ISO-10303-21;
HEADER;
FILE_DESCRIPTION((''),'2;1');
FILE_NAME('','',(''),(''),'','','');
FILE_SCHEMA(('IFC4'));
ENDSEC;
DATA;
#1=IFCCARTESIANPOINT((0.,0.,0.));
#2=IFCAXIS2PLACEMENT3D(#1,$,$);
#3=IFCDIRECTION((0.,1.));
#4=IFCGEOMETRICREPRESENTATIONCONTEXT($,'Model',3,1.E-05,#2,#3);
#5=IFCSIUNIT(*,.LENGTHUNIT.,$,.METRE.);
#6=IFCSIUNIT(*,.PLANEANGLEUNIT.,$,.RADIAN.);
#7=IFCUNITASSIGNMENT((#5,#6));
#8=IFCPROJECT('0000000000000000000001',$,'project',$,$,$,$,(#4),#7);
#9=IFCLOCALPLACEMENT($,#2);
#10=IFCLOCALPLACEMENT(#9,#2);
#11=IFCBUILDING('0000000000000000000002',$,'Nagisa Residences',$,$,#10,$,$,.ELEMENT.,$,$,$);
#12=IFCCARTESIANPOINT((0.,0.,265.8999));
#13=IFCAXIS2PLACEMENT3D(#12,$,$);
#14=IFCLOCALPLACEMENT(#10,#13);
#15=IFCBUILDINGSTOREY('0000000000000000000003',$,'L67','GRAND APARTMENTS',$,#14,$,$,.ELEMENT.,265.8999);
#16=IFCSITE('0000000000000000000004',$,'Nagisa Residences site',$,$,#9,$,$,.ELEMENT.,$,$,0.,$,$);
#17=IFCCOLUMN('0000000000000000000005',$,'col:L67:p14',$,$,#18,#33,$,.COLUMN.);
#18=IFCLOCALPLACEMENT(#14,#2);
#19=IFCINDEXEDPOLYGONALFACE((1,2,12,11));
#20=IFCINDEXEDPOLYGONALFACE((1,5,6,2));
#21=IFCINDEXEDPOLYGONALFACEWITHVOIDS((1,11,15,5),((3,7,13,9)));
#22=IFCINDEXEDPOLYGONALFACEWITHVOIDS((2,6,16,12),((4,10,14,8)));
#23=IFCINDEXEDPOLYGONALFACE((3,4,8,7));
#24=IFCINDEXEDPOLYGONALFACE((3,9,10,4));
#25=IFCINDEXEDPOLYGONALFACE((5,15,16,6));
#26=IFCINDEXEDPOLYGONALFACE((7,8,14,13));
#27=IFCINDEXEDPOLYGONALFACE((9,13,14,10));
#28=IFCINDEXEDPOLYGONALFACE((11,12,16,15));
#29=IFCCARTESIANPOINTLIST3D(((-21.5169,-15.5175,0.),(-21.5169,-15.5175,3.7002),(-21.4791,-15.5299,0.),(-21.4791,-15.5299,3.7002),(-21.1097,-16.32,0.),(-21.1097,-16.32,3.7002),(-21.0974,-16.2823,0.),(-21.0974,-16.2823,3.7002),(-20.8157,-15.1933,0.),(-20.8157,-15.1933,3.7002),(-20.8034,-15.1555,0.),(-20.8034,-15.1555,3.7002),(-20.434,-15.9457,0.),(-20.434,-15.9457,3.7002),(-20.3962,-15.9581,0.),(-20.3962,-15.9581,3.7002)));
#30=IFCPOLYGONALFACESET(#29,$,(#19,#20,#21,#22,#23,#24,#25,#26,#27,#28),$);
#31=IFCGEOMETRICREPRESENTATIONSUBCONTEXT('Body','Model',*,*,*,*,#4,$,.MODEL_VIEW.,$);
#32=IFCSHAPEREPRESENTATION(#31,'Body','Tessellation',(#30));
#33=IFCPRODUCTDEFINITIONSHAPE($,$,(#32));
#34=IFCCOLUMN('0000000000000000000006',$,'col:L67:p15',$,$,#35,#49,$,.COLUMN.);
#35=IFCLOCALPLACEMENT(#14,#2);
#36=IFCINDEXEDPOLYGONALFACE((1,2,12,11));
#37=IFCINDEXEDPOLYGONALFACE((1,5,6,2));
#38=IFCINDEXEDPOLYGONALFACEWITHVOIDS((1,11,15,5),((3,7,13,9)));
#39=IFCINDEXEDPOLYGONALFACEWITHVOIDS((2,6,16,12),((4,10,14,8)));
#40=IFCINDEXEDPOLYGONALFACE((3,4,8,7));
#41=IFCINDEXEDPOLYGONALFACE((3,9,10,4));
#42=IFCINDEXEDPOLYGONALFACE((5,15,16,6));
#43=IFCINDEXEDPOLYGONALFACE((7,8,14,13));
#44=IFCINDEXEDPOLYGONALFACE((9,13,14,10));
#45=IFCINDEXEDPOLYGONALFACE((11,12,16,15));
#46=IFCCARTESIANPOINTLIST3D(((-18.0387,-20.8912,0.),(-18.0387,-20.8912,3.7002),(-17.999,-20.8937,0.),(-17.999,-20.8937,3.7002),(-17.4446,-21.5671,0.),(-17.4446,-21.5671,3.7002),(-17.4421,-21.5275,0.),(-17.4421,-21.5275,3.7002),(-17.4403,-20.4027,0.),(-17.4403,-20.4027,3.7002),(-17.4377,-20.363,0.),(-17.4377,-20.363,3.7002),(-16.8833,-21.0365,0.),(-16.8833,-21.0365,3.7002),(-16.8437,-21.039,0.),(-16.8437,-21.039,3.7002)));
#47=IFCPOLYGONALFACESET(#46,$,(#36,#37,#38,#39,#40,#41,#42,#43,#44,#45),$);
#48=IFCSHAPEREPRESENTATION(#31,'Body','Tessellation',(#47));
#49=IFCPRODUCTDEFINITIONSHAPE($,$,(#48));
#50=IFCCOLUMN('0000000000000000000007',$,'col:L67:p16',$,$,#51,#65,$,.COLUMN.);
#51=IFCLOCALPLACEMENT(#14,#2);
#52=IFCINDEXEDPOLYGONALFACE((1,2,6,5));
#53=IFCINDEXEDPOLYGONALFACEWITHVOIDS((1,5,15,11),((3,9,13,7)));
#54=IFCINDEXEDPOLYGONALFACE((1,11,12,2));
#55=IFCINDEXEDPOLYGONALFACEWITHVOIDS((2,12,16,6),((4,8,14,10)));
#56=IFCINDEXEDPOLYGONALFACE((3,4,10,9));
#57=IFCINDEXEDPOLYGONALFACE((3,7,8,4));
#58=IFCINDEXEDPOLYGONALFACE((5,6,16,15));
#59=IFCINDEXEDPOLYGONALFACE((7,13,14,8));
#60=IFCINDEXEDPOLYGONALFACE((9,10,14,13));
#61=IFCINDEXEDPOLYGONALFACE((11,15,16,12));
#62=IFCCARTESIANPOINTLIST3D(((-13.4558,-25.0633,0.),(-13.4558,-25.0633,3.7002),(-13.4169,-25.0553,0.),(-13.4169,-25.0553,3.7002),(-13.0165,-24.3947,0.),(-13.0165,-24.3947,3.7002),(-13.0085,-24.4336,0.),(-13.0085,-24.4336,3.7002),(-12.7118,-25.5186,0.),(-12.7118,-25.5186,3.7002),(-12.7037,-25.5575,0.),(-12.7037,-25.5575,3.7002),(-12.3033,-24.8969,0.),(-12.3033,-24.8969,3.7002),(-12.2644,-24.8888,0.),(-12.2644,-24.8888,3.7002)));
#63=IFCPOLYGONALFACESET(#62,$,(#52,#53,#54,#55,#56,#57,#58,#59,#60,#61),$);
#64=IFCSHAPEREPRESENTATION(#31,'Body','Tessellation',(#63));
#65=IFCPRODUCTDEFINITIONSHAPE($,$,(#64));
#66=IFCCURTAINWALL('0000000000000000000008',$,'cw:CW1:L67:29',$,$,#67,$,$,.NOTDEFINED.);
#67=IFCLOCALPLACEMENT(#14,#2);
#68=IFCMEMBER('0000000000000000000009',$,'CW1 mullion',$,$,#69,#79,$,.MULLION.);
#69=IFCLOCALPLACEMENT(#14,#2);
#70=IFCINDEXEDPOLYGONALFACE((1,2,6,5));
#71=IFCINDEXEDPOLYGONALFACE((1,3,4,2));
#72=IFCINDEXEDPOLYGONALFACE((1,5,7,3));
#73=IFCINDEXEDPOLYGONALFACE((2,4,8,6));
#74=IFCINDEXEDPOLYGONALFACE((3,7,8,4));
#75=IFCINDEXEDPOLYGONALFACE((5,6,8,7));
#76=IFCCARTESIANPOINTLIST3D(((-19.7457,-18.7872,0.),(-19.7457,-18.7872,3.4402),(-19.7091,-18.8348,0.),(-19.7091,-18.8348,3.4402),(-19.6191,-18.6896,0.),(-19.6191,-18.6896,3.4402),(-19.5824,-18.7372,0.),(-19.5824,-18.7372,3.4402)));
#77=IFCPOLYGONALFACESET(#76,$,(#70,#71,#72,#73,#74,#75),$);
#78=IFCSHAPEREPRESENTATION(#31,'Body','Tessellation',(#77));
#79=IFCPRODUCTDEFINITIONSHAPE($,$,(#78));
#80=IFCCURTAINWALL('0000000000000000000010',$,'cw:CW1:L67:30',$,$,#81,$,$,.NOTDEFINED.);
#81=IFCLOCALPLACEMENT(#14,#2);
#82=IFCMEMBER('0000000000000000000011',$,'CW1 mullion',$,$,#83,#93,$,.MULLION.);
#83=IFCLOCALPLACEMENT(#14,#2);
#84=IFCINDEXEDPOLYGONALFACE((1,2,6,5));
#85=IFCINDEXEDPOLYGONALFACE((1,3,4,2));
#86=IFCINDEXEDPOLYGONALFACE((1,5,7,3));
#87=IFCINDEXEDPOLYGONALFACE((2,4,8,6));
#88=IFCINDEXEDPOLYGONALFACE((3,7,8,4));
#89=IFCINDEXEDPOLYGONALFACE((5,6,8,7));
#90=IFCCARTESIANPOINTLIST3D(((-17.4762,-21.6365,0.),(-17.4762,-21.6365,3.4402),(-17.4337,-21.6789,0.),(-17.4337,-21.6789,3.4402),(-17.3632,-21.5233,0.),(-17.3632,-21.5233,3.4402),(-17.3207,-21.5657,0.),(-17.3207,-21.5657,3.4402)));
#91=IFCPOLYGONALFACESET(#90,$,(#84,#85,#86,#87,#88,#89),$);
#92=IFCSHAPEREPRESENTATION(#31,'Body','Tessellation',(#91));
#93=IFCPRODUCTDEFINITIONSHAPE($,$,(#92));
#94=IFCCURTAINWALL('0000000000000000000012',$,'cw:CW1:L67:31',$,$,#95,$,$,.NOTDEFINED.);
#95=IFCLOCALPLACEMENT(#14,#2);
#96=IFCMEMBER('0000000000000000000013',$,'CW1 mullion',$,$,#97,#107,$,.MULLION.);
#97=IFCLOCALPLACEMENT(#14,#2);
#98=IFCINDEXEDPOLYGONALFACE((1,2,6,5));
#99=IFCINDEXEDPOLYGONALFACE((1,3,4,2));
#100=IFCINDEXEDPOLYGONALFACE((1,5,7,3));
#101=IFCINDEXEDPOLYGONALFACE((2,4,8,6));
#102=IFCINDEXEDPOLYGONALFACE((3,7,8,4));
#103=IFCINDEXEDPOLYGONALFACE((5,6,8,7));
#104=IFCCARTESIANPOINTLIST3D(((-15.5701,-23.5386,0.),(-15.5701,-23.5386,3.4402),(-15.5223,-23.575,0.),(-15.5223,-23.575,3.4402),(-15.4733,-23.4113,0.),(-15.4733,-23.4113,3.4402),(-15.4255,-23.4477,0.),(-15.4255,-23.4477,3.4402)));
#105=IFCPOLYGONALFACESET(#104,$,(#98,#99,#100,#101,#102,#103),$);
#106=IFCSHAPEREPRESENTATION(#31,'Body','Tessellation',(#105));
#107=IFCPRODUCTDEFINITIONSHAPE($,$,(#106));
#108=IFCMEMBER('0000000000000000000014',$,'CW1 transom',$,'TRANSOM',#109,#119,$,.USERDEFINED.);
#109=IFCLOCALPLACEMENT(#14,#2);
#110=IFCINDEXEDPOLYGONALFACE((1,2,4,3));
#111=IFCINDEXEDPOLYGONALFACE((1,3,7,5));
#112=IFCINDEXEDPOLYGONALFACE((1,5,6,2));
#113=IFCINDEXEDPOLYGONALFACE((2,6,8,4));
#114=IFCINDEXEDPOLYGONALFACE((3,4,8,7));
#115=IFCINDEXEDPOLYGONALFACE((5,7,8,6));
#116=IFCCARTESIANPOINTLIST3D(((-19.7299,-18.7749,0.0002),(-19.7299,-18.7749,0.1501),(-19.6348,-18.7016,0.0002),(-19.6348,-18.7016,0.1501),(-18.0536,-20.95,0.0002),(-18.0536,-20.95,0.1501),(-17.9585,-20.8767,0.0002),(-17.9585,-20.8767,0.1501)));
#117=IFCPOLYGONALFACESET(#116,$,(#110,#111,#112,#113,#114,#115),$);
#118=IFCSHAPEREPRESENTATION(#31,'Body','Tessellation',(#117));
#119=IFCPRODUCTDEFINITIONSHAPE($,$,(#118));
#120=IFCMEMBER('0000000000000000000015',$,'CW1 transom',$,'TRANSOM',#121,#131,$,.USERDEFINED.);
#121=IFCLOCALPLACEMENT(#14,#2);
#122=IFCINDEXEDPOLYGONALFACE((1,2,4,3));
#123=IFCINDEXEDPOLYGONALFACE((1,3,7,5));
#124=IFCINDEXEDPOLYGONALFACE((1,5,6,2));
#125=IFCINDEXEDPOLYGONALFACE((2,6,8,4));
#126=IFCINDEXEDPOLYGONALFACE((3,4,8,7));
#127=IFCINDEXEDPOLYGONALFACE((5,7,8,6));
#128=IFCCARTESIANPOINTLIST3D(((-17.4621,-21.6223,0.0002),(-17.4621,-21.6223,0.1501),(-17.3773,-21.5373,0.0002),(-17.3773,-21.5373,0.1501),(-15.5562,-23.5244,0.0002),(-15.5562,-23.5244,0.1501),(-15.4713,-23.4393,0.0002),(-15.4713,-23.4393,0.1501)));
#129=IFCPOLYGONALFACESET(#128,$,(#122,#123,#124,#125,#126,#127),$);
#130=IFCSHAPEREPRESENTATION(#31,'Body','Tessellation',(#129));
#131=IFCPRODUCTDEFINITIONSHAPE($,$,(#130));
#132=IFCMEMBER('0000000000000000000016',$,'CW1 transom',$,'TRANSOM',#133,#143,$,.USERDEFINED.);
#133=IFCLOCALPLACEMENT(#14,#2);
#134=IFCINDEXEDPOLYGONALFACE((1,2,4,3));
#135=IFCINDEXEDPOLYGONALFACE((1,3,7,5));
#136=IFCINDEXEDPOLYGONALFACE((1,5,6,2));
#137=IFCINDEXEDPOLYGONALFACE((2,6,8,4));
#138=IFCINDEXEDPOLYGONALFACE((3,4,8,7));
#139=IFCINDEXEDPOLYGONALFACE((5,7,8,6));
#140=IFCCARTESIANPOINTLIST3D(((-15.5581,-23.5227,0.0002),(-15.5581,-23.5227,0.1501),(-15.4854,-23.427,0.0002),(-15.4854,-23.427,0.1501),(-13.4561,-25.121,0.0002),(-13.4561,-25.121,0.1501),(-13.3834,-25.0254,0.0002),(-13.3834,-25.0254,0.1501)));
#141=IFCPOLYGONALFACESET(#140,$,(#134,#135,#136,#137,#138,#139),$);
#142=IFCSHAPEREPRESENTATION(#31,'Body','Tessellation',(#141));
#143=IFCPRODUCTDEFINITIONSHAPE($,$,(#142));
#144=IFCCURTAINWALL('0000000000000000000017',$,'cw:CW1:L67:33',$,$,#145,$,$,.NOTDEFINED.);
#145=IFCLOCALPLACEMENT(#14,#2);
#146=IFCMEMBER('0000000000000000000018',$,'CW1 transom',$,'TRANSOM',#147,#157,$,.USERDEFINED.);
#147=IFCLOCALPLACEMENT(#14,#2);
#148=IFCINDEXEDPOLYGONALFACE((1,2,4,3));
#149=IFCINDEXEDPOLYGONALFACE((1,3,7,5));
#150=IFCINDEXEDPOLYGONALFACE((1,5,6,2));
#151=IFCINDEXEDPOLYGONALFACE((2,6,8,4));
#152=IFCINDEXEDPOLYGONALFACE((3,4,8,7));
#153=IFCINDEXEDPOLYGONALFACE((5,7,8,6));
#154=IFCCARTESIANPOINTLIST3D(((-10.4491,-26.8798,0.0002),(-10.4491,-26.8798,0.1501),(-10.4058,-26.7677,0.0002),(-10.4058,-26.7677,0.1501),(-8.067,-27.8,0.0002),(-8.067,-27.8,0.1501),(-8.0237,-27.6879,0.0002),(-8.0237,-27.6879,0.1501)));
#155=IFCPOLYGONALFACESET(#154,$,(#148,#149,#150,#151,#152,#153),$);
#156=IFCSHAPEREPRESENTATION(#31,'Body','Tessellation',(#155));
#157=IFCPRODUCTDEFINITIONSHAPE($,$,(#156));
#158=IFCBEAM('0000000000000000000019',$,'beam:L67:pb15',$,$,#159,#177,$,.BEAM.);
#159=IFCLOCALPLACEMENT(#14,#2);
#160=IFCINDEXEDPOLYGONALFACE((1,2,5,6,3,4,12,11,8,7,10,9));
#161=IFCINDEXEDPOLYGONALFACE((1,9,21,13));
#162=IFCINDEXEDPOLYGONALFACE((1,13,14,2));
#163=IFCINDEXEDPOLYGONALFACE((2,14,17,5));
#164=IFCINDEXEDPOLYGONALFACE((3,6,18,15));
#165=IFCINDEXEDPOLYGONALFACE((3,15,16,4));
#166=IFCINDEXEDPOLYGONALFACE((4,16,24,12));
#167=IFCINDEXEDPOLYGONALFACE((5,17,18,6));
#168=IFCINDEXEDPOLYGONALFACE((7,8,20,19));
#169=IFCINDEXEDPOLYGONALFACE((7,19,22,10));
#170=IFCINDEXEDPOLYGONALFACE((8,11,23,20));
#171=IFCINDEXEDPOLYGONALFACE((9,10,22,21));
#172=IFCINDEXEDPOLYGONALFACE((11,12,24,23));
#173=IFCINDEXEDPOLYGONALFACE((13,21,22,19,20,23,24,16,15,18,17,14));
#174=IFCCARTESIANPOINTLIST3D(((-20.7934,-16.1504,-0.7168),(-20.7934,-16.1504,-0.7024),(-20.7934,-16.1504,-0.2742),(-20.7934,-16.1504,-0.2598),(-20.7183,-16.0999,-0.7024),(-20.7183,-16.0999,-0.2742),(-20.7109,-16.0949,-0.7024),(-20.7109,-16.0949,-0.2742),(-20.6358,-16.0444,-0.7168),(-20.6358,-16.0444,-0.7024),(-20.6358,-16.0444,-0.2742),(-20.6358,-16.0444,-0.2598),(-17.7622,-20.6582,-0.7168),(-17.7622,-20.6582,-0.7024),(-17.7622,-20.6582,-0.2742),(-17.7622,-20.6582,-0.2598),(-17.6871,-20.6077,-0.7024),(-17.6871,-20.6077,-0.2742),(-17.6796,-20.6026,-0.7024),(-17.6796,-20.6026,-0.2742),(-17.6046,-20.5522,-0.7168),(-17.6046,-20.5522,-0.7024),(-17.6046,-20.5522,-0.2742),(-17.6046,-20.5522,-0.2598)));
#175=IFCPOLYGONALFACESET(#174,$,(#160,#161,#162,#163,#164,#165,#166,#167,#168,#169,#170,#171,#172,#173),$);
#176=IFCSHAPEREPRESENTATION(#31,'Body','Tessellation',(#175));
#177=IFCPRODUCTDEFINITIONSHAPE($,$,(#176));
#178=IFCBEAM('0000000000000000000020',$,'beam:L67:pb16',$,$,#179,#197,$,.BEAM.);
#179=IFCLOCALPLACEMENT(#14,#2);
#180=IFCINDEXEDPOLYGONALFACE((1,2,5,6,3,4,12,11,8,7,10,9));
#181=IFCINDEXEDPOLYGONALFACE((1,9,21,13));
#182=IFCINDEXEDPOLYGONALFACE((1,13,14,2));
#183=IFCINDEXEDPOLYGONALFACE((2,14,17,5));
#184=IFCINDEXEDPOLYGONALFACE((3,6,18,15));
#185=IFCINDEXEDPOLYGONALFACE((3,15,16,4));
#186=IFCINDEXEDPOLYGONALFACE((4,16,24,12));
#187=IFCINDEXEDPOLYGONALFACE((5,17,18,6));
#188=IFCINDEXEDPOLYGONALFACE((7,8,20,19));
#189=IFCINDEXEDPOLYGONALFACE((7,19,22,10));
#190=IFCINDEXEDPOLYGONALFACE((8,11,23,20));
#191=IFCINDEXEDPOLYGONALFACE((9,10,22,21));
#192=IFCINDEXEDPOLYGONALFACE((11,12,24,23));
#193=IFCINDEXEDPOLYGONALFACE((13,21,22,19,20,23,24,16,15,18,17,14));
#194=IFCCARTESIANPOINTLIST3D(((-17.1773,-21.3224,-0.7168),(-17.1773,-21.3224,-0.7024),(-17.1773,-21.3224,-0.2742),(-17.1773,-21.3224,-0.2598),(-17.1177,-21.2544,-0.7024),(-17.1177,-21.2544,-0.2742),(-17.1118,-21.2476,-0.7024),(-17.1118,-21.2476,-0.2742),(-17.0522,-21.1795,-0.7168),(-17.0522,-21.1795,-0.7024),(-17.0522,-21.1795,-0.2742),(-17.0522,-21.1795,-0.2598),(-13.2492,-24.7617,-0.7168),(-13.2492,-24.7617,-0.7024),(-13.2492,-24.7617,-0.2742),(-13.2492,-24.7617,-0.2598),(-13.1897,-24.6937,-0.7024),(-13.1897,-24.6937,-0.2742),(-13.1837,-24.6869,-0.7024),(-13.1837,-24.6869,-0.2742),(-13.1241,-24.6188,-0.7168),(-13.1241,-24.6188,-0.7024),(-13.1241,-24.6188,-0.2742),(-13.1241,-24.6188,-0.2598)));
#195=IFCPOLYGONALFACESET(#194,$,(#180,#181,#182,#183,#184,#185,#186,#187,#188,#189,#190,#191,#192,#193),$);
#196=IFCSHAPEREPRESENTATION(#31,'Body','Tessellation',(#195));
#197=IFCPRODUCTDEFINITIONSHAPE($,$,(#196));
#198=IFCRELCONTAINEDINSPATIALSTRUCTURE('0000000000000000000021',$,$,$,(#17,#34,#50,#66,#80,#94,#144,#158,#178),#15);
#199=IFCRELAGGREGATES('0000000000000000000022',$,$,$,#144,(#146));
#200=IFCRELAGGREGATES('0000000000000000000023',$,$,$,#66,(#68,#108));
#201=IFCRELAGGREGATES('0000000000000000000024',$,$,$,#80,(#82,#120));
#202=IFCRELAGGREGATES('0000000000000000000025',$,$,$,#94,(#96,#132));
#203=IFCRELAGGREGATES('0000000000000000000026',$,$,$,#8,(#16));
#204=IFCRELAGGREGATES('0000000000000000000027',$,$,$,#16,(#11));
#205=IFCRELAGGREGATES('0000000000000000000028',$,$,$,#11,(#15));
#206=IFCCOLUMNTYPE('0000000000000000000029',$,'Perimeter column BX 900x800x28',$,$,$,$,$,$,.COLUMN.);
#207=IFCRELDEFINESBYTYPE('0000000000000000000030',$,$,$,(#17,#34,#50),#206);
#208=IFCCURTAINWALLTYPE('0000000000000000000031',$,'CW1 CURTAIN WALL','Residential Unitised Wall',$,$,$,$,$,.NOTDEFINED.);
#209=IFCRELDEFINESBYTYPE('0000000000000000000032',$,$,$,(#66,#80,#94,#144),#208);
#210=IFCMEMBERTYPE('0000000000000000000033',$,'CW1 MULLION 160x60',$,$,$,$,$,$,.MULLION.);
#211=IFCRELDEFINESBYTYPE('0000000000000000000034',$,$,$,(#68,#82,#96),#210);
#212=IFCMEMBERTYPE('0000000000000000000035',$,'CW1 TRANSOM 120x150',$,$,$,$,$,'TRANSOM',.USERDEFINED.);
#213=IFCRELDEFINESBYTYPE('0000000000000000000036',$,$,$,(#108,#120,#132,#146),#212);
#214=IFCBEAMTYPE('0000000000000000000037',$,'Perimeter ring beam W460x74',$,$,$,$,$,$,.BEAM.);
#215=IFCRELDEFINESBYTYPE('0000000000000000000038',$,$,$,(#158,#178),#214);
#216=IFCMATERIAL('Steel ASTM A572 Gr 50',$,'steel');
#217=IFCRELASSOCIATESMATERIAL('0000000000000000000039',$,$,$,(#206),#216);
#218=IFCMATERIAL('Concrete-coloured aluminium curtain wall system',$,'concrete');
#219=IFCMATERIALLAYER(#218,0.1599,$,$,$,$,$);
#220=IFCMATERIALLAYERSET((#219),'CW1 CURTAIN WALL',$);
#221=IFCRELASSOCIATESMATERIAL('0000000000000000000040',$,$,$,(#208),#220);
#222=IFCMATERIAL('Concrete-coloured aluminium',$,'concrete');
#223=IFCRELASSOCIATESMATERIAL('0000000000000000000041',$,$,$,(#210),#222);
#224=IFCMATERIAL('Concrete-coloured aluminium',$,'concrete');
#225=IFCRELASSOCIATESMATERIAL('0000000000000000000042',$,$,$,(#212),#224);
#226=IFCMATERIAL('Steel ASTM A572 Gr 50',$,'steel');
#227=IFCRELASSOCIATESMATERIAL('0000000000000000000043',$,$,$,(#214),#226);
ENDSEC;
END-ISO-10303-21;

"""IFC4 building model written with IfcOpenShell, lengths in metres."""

from ifc_helpers import new_model, si_unit, direction, frame, origin, origin_2d, place, context, subcontext, project, spatial, rectangle, hollow_rectangle, i_section, extrude, material, layer, layer_set, material_profile, profile_set, type_object, element, aggregate, save


model = new_model("IFC4")

# Units and contexts
model_context = context("Model", 3, precision=1e-05, world=origin(), true_north=direction((0.0, 1.0)))
body_context = subcontext(model_context, "Body", "Model", "MODEL_VIEW")
ifc_project = project(units=[si_unit("LENGTHUNIT", "METRE"), si_unit("PLANEANGLEUNIT", "RADIAN")], contexts=[model_context])

# Site, building, storey
site_placement = place(None, origin())
site = spatial("IfcSite", under=ifc_project, at=site_placement, Name="Nagisa Residences site", CompositionType="ELEMENT", RefElevation=0.0)
building_placement = place(site_placement, origin())
building = spatial("IfcBuilding", under=site, at=building_placement, Name="Nagisa Residences", CompositionType="ELEMENT")
storey_placement = place(building_placement, frame((0.0, 0.0, 265.8999)))
storey = spatial("IfcBuildingStorey", under=building, at=storey_placement, Name="L67", Description="GRAND APARTMENTS", CompositionType="ELEMENT", Elevation=265.8999)

# Columns
ifc_material_1 = material(Name="Steel ASTM A572 Gr 50", Category="steel")
ifc_material_profile_1 = material_profile(ifc_material_1, hollow_rectangle(XDim=0.8999, YDim=0.8, WallThickness=0.0281, at=origin_2d()), Name="BX 900x800x28")
ifc_profile_set_1 = profile_set([ifc_material_profile_1], Name="Steel ASTM A572 Gr 50")
column_type = type_object("IfcColumnType", Name="Perimeter column BX 900x800x28", PredefinedType="COLUMN", material=ifc_profile_set_1)
for number, where, z_axis, x_axis, name in (
    (1, (-20.9565, -15.7378, 0.0), (0.0, 0.0, 1.0), (0.452463, -0.891783, 0.0), "col:L67:p14"),
    (2, (-17.4412, -20.9651, 0.0), (0.0, 0.0, 1.0), (0.660115, -0.751165, 0.0), "col:L67:p15"),
    (3, (-12.8601, -24.9761, 0.0), (0.0, 0.0, 1.0), (0.835766, -0.549086, 0.0), "col:L67:p16"),
):
    element("IfcColumn", number, at=place(storey_placement, frame(where, z_axis=z_axis, x_axis=x_axis)), inside=storey, type_object=column_type, Name=name, PredefinedType="COLUMN", context=body_context, shape_type="SweptSolid", body=[
        extrude(hollow_rectangle(XDim=0.8999, YDim=0.8, WallThickness=0.0281, at=origin_2d()), origin(), (0.0, 0.0, 1.0), 3.7002),
    ])

# Curtain walls, members
ifc_material_2 = material(Name="Concrete-coloured aluminium curtain wall system", Category="concrete")
ifc_layer_1 = layer(ifc_material_2, 0.1599)
ifc_layer_set_1 = layer_set([ifc_layer_1], Name="CW1 CURTAIN WALL")
curtain_wall_type = type_object("IfcCurtainWallType", Name="CW1 CURTAIN WALL", Description="Residential Unitised Wall", PredefinedType="NOTDEFINED", material=ifc_layer_set_1)
curtain_wall_1_placement = place(storey_placement, origin())
curtain_wall_1 = element("IfcCurtainWall", 4, at=curtain_wall_1_placement, inside=storey, type_object=curtain_wall_type, Name="cw:CW1:L67:29", PredefinedType="NOTDEFINED")
ifc_material_3 = material(Name="Concrete-coloured aluminium", Category="concrete")
ifc_material_profile_2 = material_profile(ifc_material_3, rectangle(XDim=0.1599, YDim=0.0601, at=origin_2d()), Name="CW1 MULLION 160x60")
ifc_profile_set_2 = profile_set([ifc_material_profile_2], Name="Concrete-coloured aluminium")
member_type_1 = type_object("IfcMemberType", Name="CW1 MULLION 160x60", PredefinedType="MULLION", material=ifc_profile_set_2)
member_1_placement = place(storey_placement, frame((-19.6641, -18.7622, 0.0), z_axis=(0.0, 0.0, 1.0), x_axis=(0.79207, 0.61043, 0.0)))
member_1 = element("IfcMember", 5, at=member_1_placement, type_object=member_type_1, Name="CW1 mullion", PredefinedType="MULLION", context=body_context, shape_type="SweptSolid", body=[
    extrude(rectangle(XDim=0.1599, YDim=0.0601, at=origin_2d()), origin(), (0.0, 0.0, 1.0), 3.4402),
])
curtain_wall_2_placement = place(storey_placement, origin())
curtain_wall_2 = element("IfcCurtainWall", 6, at=curtain_wall_2_placement, inside=storey, type_object=curtain_wall_type, Name="cw:CW1:L67:30", PredefinedType="NOTDEFINED")
member_2_placement = place(storey_placement, frame((-17.3984, -21.6011, 0.0), z_axis=(0.0, 0.0, 1.0), x_axis=(0.706377, 0.707836, 0.0)))
member_2 = element("IfcMember", 7, at=member_2_placement, type_object=member_type_1, Name="CW1 mullion", PredefinedType="MULLION", context=body_context, shape_type="SweptSolid", body=[
    extrude(rectangle(XDim=0.1599, YDim=0.0601, at=origin_2d()), origin(), (0.0, 0.0, 1.0), 3.4402),
])
curtain_wall_3_placement = place(storey_placement, origin())
curtain_wall_3 = element("IfcCurtainWall", 8, at=curtain_wall_3_placement, inside=storey, type_object=curtain_wall_type, Name="cw:CW1:L67:31", PredefinedType="NOTDEFINED")
member_3_placement = place(storey_placement, frame((-15.4978, -23.4932, 0.0), z_axis=(0.0, 0.0, 1.0), x_axis=(0.605255, 0.796031, 0.0)))
member_3 = element("IfcMember", 9, at=member_3_placement, type_object=member_type_1, Name="CW1 mullion", PredefinedType="MULLION", context=body_context, shape_type="SweptSolid", body=[
    extrude(rectangle(XDim=0.1599, YDim=0.0601, at=origin_2d()), origin(), (0.0, 0.0, 1.0), 3.4402),
])

# Members
ifc_material_4 = material(Name="Concrete-coloured aluminium", Category="concrete")
ifc_material_profile_3 = material_profile(ifc_material_4, rectangle(XDim=0.1201, YDim=0.1499, at=origin_2d()), Name="CW1 TRANSOM 120x150")
ifc_profile_set_3 = profile_set([ifc_material_profile_3], Name="Concrete-coloured aluminium")
member_type_2 = type_object("IfcMemberType", Name="CW1 TRANSOM 120x150", ElementType="TRANSOM", PredefinedType="USERDEFINED", material=ifc_profile_set_3)
member_4_placement = place(storey_placement, frame((-19.6824, -18.7383, 0.0752), z_axis=(0.610432, -0.792068, 0.0), x_axis=(0.792068, 0.610432, 0.0)))
member_4 = element("IfcMember", 10, at=member_4_placement, type_object=member_type_2, Name="CW1 transom", ObjectType="TRANSOM", PredefinedType="USERDEFINED", context=body_context, shape_type="SweptSolid", body=[
    extrude(rectangle(XDim=0.1201, YDim=0.1499, at=origin_2d()), origin(), (0.0, 0.0, 1.0), 2.7461),
])
member_5_placement = place(storey_placement, frame((-17.4197, -21.5798, 0.0752), z_axis=(0.707832, -0.706381, 0.0), x_axis=(0.706381, 0.707832, 0.0)))
member_5 = element("IfcMember", 11, at=member_5_placement, type_object=member_type_2, Name="CW1 transom", ObjectType="TRANSOM", PredefinedType="USERDEFINED", context=body_context, shape_type="SweptSolid", body=[
    extrude(rectangle(XDim=0.1201, YDim=0.1499, at=origin_2d()), origin(), (0.0, 0.0, 1.0), 2.6926),
])
member_6_placement = place(storey_placement, frame((-15.5217, -23.4749, 0.0752), z_axis=(0.796011, -0.605282, 0.0), x_axis=(0.605282, 0.796011, 0.0)))
member_6 = element("IfcMember", 12, at=member_6_placement, type_object=member_type_2, Name="CW1 transom", ObjectType="TRANSOM", PredefinedType="USERDEFINED", context=body_context, shape_type="SweptSolid", body=[
    extrude(rectangle(XDim=0.1201, YDim=0.1499, at=origin_2d()), origin(), (0.0, 0.0, 1.0), 2.6406),
])

# Curtain wall, member
curtain_wall_4_placement = place(storey_placement, origin())
curtain_wall_4 = element("IfcCurtainWall", 13, at=curtain_wall_4_placement, inside=storey, type_object=curtain_wall_type, Name="cw:CW1:L67:33", PredefinedType="NOTDEFINED")
member_7_placement = place(storey_placement, frame((-10.4275, -26.8237, 0.0752), z_axis=(0.932822, -0.360337, 0.0), x_axis=(0.360337, 0.932822, 0.0)))
member_7 = element("IfcMember", 14, at=member_7_placement, type_object=member_type_2, Name="CW1 transom", ObjectType="TRANSOM", PredefinedType="USERDEFINED", context=body_context, shape_type="SweptSolid", body=[
    extrude(rectangle(XDim=0.1201, YDim=0.1499, at=origin_2d()), origin(), (0.0, 0.0, 1.0), 2.5537),
])
aggregate(curtain_wall_4, [member_7])

# Beams
ifc_material_5 = material(Name="Steel ASTM A572 Gr 50", Category="steel")
ifc_material_profile_4 = material_profile(ifc_material_5, i_section(OverallWidth=0.1899, OverallDepth=0.457, WebThickness=0.009, FlangeThickness=0.0144, at=origin_2d()), Name="W460x74")
ifc_profile_set_4 = profile_set([ifc_material_profile_4], Name="Steel ASTM A572 Gr 50")
beam_type_1 = type_object("IfcBeamType", Name="Perimeter ring beam W460x74", PredefinedType="BEAM", material=ifc_profile_set_4)
beam_1_placement = place(storey_placement, frame((-20.7146, -16.0974, -0.4883), z_axis=(0.558015, -0.829831, 0.0), x_axis=(0.829831, 0.558015, 0.0)))
element("IfcBeam", 15, at=beam_1_placement, inside=storey, type_object=beam_type_1, Name="beam:L67:pb15", PredefinedType="BEAM", context=body_context, shape_type="SweptSolid", body=[
    extrude(i_section(OverallWidth=0.1899, OverallDepth=0.457, WebThickness=0.009, FlangeThickness=0.0144, at=origin_2d()), origin(), (0.0, 0.0, 1.0), 5.4321),
])
beam_2_placement = place(storey_placement, frame((-17.1147, -21.251, -0.4883), z_axis=(0.752365, -0.658746, 0.0), x_axis=(0.658746, 0.752365, 0.0)))
element("IfcBeam", 16, at=beam_2_placement, inside=storey, type_object=beam_type_1, Name="beam:L67:pb16", PredefinedType="BEAM", context=body_context, shape_type="SweptSolid", body=[
    extrude(i_section(OverallWidth=0.1899, OverallDepth=0.457, WebThickness=0.009, FlangeThickness=0.0144, at=origin_2d()), origin(), (0.0, 0.0, 1.0), 5.2209),
])

aggregate(curtain_wall_1, [member_1, member_4])
aggregate(curtain_wall_2, [member_2, member_5])
aggregate(curtain_wall_3, [member_3, member_6])

save(model, "model.ifc")
